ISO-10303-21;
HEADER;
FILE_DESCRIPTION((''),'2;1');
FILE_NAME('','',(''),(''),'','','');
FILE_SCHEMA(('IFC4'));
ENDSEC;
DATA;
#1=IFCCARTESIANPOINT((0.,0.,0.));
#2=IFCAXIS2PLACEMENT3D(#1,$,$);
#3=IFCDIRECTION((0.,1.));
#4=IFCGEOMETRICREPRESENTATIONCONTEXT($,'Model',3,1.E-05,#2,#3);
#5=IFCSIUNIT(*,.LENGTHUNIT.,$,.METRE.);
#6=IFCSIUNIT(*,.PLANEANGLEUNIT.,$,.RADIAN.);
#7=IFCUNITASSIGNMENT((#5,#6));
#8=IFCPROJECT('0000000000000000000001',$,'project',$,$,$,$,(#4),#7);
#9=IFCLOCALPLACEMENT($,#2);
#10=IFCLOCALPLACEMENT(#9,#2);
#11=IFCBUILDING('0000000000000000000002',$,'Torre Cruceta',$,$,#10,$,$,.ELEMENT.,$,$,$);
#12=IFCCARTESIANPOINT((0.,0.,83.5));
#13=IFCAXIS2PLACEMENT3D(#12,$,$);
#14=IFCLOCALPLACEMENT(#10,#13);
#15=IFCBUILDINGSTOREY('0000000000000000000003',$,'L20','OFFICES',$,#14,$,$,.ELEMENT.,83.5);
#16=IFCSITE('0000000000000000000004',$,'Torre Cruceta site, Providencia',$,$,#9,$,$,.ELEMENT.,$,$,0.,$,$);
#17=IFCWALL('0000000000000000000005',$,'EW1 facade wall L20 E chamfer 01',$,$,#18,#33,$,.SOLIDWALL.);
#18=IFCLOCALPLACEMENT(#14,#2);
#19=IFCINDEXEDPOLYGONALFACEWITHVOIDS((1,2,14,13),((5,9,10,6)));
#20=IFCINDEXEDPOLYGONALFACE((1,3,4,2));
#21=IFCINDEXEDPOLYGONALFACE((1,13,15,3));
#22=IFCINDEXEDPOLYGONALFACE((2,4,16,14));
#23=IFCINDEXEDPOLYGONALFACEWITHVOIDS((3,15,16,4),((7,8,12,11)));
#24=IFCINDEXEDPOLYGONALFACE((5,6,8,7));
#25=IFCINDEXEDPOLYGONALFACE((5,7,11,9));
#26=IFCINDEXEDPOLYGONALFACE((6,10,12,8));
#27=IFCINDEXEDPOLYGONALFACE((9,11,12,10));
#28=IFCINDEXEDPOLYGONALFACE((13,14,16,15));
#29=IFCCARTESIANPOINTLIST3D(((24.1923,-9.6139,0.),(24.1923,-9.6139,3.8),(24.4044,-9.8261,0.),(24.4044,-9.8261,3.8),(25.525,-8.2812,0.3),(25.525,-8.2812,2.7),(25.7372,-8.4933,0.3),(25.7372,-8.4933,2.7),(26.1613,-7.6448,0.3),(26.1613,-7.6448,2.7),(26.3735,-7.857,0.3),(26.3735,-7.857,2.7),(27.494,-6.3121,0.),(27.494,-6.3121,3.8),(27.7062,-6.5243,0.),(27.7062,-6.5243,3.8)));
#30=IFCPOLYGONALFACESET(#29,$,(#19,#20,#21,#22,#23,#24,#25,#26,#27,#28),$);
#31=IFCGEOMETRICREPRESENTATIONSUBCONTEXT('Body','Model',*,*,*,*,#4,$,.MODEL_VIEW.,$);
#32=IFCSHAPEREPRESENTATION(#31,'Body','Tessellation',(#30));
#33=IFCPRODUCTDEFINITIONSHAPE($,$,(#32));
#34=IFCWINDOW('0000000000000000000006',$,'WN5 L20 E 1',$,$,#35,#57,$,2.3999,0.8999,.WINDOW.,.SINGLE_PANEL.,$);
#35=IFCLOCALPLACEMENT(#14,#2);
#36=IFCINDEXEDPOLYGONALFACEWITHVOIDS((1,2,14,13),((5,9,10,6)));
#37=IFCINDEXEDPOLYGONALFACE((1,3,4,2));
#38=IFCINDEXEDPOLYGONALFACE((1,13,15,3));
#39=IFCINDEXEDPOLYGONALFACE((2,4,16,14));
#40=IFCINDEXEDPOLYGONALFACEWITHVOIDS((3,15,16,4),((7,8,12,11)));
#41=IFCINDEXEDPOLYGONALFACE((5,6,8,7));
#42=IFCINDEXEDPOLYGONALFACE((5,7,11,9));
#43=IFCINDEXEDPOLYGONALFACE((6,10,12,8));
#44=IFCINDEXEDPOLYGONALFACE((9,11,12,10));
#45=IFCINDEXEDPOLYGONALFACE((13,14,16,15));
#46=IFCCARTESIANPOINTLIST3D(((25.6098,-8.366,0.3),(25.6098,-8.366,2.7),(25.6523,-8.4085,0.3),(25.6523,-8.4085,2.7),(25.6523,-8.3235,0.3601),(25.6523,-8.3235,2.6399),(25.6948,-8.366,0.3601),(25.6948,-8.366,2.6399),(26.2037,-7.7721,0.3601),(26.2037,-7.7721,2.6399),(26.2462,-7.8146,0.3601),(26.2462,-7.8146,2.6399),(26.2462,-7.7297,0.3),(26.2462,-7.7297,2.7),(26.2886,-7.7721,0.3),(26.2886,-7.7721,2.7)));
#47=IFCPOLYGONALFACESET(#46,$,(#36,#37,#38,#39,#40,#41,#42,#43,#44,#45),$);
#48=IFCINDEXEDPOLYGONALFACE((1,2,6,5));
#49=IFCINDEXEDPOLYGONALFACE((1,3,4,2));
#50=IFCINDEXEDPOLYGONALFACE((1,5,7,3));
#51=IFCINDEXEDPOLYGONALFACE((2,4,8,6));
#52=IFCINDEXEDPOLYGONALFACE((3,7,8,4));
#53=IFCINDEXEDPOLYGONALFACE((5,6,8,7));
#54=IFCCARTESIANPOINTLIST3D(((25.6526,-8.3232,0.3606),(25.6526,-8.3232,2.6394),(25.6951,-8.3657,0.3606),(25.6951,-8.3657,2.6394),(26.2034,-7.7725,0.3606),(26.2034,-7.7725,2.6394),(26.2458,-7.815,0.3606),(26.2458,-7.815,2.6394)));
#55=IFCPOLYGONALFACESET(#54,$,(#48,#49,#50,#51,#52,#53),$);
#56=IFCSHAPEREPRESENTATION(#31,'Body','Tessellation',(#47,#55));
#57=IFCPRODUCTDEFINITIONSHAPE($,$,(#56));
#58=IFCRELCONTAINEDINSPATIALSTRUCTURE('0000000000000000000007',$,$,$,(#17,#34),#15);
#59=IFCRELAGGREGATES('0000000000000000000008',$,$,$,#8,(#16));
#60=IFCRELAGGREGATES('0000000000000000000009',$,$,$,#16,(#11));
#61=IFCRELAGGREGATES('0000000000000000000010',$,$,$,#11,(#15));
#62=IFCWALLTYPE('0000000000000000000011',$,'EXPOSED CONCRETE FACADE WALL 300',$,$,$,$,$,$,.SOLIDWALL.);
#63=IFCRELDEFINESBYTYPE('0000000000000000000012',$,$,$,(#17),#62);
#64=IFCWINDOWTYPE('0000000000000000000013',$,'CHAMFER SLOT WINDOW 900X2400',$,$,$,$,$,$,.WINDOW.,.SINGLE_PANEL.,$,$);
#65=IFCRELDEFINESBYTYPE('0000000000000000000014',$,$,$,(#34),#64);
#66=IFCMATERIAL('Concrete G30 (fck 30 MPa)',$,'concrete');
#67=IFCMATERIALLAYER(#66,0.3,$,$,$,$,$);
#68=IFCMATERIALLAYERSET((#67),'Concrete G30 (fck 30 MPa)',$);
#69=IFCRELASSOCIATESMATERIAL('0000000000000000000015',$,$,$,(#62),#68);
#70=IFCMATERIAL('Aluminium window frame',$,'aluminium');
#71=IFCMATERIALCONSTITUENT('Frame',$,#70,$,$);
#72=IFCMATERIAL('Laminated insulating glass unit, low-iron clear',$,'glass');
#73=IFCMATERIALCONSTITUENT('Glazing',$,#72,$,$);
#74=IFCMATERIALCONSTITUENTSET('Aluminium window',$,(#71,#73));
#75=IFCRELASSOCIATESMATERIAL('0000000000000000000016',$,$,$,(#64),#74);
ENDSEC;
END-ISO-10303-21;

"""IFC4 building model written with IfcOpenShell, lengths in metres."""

from ifc_helpers import new_model, si_unit, direction, frame, frame_2d, origin, place, context, subcontext, project, spatial, rectangle, hollow_rectangle, extrude, material, layer, layer_set, constituent, constituent_set, type_object, element, fill, save


model = new_model("IFC4")

# Units and contexts
model_context = context("Model", 3, precision=1e-05, world=origin(), true_north=direction((0.0, 1.0)))
body_context = subcontext(model_context, "Body", "Model", "MODEL_VIEW")
ifc_project = project(units=[si_unit("LENGTHUNIT", "METRE"), si_unit("PLANEANGLEUNIT", "RADIAN")], contexts=[model_context])

# Site, building, storey
site_placement = place(None, origin())
site = spatial("IfcSite", under=ifc_project, at=site_placement, Name="Torre Cruceta site, Providencia", CompositionType="ELEMENT", RefElevation=0.0)
building_placement = place(site_placement, origin())
building = spatial("IfcBuilding", under=site, at=building_placement, Name="Torre Cruceta", CompositionType="ELEMENT")
storey_placement = place(building_placement, frame((0.0, 0.0, 83.5)))
storey = spatial("IfcBuildingStorey", under=building, at=storey_placement, Name="L20", Description="OFFICES", CompositionType="ELEMENT", Elevation=83.5)

# Wall, opening, window
ifc_material_1 = material(Name="Concrete G30 (fck 30 MPa)", Category="concrete")
ifc_layer_1 = layer(ifc_material_1, 0.3)
ifc_layer_set_1 = layer_set([ifc_layer_1], Name="Concrete G30 (fck 30 MPa)")
wall_type = type_object("IfcWallType", Name="EXPOSED CONCRETE FACADE WALL 300", PredefinedType="SOLIDWALL", material=ifc_layer_set_1)
wall_placement = place(storey_placement, frame((24.2983, -9.72, 0.0), z_axis=(0.0, 0.0, 1.0), x_axis=(0.707107, 0.707107, 0.0)))
wall = element("IfcWall", 1, at=wall_placement, inside=storey, type_object=wall_type, Name="EW1 facade wall L20 E chamfer 01", PredefinedType="SOLIDWALL", context=body_context, shape_type="SweptSolid", body=[
    extrude(rectangle(XDim=4.6694, YDim=0.3, at=frame_2d((2.3347, 0.0))), origin(), (0.0, 0.0, 1.0), 3.8),
])
opening_placement = place(wall_placement, frame((1.8848, 0.0, 0.3)))
opening = element("IfcOpeningElement", 2, at=opening_placement, cuts=wall, PredefinedType="OPENING", context=body_context, shape_type="SweptSolid", body=[
    extrude(rectangle(XDim=0.8999, YDim=2.3999, at=frame_2d((0.45, 1.2))), frame((0.0, 0.1599, 0.0), z_axis=(0.0, -1.0, 0.0), x_axis=(1.0, 0.0, 0.0)), (0.0, 0.0, 1.0), 0.3201),
])
ifc_material_2 = material(Name="Aluminium window frame", Category="aluminium")
ifc_constituent_1 = constituent(ifc_material_2, Name="Frame")
ifc_material_3 = material(Name="Laminated insulating glass unit, low-iron clear", Category="glass")
ifc_constituent_2 = constituent(ifc_material_3, Name="Glazing")
ifc_constituent_set = constituent_set(constituents=[ifc_constituent_1, ifc_constituent_2], Name="Aluminium window")
window_type = type_object("IfcWindowType", Name="CHAMFER SLOT WINDOW 900X2400", PartitioningType="SINGLE_PANEL", PredefinedType="WINDOW", material=ifc_constituent_set)
window_placement = place(opening_placement, origin())
window = element("IfcWindow", 3, at=window_placement, inside=storey, type_object=window_type, Name="WN5 L20 E 1", OverallHeight=2.3999, OverallWidth=0.8999, PartitioningType="SINGLE_PANEL", PredefinedType="WINDOW", context=body_context, shape_type="SweptSolid", body=[
    extrude(hollow_rectangle(XDim=0.8999, YDim=2.3999, WallThickness=0.0601, at=frame_2d((0.45, 1.2))), frame((0.0, 0.03, 0.0), z_axis=(0.0, -1.0, 0.0), x_axis=(1.0, 0.0, 0.0)), (0.0, 0.0, 1.0), 0.0601),
    extrude(rectangle(XDim=0.7788, YDim=2.2788, at=frame_2d((0.45, 1.2))), frame((0.0, 0.03, 0.0), z_axis=(0.0, -1.0, 0.0), x_axis=(1.0, 0.0, 0.0)), (0.0, 0.0, 1.0), 0.0601),
])
fill(opening, window)

save(model, "model.ifc")
